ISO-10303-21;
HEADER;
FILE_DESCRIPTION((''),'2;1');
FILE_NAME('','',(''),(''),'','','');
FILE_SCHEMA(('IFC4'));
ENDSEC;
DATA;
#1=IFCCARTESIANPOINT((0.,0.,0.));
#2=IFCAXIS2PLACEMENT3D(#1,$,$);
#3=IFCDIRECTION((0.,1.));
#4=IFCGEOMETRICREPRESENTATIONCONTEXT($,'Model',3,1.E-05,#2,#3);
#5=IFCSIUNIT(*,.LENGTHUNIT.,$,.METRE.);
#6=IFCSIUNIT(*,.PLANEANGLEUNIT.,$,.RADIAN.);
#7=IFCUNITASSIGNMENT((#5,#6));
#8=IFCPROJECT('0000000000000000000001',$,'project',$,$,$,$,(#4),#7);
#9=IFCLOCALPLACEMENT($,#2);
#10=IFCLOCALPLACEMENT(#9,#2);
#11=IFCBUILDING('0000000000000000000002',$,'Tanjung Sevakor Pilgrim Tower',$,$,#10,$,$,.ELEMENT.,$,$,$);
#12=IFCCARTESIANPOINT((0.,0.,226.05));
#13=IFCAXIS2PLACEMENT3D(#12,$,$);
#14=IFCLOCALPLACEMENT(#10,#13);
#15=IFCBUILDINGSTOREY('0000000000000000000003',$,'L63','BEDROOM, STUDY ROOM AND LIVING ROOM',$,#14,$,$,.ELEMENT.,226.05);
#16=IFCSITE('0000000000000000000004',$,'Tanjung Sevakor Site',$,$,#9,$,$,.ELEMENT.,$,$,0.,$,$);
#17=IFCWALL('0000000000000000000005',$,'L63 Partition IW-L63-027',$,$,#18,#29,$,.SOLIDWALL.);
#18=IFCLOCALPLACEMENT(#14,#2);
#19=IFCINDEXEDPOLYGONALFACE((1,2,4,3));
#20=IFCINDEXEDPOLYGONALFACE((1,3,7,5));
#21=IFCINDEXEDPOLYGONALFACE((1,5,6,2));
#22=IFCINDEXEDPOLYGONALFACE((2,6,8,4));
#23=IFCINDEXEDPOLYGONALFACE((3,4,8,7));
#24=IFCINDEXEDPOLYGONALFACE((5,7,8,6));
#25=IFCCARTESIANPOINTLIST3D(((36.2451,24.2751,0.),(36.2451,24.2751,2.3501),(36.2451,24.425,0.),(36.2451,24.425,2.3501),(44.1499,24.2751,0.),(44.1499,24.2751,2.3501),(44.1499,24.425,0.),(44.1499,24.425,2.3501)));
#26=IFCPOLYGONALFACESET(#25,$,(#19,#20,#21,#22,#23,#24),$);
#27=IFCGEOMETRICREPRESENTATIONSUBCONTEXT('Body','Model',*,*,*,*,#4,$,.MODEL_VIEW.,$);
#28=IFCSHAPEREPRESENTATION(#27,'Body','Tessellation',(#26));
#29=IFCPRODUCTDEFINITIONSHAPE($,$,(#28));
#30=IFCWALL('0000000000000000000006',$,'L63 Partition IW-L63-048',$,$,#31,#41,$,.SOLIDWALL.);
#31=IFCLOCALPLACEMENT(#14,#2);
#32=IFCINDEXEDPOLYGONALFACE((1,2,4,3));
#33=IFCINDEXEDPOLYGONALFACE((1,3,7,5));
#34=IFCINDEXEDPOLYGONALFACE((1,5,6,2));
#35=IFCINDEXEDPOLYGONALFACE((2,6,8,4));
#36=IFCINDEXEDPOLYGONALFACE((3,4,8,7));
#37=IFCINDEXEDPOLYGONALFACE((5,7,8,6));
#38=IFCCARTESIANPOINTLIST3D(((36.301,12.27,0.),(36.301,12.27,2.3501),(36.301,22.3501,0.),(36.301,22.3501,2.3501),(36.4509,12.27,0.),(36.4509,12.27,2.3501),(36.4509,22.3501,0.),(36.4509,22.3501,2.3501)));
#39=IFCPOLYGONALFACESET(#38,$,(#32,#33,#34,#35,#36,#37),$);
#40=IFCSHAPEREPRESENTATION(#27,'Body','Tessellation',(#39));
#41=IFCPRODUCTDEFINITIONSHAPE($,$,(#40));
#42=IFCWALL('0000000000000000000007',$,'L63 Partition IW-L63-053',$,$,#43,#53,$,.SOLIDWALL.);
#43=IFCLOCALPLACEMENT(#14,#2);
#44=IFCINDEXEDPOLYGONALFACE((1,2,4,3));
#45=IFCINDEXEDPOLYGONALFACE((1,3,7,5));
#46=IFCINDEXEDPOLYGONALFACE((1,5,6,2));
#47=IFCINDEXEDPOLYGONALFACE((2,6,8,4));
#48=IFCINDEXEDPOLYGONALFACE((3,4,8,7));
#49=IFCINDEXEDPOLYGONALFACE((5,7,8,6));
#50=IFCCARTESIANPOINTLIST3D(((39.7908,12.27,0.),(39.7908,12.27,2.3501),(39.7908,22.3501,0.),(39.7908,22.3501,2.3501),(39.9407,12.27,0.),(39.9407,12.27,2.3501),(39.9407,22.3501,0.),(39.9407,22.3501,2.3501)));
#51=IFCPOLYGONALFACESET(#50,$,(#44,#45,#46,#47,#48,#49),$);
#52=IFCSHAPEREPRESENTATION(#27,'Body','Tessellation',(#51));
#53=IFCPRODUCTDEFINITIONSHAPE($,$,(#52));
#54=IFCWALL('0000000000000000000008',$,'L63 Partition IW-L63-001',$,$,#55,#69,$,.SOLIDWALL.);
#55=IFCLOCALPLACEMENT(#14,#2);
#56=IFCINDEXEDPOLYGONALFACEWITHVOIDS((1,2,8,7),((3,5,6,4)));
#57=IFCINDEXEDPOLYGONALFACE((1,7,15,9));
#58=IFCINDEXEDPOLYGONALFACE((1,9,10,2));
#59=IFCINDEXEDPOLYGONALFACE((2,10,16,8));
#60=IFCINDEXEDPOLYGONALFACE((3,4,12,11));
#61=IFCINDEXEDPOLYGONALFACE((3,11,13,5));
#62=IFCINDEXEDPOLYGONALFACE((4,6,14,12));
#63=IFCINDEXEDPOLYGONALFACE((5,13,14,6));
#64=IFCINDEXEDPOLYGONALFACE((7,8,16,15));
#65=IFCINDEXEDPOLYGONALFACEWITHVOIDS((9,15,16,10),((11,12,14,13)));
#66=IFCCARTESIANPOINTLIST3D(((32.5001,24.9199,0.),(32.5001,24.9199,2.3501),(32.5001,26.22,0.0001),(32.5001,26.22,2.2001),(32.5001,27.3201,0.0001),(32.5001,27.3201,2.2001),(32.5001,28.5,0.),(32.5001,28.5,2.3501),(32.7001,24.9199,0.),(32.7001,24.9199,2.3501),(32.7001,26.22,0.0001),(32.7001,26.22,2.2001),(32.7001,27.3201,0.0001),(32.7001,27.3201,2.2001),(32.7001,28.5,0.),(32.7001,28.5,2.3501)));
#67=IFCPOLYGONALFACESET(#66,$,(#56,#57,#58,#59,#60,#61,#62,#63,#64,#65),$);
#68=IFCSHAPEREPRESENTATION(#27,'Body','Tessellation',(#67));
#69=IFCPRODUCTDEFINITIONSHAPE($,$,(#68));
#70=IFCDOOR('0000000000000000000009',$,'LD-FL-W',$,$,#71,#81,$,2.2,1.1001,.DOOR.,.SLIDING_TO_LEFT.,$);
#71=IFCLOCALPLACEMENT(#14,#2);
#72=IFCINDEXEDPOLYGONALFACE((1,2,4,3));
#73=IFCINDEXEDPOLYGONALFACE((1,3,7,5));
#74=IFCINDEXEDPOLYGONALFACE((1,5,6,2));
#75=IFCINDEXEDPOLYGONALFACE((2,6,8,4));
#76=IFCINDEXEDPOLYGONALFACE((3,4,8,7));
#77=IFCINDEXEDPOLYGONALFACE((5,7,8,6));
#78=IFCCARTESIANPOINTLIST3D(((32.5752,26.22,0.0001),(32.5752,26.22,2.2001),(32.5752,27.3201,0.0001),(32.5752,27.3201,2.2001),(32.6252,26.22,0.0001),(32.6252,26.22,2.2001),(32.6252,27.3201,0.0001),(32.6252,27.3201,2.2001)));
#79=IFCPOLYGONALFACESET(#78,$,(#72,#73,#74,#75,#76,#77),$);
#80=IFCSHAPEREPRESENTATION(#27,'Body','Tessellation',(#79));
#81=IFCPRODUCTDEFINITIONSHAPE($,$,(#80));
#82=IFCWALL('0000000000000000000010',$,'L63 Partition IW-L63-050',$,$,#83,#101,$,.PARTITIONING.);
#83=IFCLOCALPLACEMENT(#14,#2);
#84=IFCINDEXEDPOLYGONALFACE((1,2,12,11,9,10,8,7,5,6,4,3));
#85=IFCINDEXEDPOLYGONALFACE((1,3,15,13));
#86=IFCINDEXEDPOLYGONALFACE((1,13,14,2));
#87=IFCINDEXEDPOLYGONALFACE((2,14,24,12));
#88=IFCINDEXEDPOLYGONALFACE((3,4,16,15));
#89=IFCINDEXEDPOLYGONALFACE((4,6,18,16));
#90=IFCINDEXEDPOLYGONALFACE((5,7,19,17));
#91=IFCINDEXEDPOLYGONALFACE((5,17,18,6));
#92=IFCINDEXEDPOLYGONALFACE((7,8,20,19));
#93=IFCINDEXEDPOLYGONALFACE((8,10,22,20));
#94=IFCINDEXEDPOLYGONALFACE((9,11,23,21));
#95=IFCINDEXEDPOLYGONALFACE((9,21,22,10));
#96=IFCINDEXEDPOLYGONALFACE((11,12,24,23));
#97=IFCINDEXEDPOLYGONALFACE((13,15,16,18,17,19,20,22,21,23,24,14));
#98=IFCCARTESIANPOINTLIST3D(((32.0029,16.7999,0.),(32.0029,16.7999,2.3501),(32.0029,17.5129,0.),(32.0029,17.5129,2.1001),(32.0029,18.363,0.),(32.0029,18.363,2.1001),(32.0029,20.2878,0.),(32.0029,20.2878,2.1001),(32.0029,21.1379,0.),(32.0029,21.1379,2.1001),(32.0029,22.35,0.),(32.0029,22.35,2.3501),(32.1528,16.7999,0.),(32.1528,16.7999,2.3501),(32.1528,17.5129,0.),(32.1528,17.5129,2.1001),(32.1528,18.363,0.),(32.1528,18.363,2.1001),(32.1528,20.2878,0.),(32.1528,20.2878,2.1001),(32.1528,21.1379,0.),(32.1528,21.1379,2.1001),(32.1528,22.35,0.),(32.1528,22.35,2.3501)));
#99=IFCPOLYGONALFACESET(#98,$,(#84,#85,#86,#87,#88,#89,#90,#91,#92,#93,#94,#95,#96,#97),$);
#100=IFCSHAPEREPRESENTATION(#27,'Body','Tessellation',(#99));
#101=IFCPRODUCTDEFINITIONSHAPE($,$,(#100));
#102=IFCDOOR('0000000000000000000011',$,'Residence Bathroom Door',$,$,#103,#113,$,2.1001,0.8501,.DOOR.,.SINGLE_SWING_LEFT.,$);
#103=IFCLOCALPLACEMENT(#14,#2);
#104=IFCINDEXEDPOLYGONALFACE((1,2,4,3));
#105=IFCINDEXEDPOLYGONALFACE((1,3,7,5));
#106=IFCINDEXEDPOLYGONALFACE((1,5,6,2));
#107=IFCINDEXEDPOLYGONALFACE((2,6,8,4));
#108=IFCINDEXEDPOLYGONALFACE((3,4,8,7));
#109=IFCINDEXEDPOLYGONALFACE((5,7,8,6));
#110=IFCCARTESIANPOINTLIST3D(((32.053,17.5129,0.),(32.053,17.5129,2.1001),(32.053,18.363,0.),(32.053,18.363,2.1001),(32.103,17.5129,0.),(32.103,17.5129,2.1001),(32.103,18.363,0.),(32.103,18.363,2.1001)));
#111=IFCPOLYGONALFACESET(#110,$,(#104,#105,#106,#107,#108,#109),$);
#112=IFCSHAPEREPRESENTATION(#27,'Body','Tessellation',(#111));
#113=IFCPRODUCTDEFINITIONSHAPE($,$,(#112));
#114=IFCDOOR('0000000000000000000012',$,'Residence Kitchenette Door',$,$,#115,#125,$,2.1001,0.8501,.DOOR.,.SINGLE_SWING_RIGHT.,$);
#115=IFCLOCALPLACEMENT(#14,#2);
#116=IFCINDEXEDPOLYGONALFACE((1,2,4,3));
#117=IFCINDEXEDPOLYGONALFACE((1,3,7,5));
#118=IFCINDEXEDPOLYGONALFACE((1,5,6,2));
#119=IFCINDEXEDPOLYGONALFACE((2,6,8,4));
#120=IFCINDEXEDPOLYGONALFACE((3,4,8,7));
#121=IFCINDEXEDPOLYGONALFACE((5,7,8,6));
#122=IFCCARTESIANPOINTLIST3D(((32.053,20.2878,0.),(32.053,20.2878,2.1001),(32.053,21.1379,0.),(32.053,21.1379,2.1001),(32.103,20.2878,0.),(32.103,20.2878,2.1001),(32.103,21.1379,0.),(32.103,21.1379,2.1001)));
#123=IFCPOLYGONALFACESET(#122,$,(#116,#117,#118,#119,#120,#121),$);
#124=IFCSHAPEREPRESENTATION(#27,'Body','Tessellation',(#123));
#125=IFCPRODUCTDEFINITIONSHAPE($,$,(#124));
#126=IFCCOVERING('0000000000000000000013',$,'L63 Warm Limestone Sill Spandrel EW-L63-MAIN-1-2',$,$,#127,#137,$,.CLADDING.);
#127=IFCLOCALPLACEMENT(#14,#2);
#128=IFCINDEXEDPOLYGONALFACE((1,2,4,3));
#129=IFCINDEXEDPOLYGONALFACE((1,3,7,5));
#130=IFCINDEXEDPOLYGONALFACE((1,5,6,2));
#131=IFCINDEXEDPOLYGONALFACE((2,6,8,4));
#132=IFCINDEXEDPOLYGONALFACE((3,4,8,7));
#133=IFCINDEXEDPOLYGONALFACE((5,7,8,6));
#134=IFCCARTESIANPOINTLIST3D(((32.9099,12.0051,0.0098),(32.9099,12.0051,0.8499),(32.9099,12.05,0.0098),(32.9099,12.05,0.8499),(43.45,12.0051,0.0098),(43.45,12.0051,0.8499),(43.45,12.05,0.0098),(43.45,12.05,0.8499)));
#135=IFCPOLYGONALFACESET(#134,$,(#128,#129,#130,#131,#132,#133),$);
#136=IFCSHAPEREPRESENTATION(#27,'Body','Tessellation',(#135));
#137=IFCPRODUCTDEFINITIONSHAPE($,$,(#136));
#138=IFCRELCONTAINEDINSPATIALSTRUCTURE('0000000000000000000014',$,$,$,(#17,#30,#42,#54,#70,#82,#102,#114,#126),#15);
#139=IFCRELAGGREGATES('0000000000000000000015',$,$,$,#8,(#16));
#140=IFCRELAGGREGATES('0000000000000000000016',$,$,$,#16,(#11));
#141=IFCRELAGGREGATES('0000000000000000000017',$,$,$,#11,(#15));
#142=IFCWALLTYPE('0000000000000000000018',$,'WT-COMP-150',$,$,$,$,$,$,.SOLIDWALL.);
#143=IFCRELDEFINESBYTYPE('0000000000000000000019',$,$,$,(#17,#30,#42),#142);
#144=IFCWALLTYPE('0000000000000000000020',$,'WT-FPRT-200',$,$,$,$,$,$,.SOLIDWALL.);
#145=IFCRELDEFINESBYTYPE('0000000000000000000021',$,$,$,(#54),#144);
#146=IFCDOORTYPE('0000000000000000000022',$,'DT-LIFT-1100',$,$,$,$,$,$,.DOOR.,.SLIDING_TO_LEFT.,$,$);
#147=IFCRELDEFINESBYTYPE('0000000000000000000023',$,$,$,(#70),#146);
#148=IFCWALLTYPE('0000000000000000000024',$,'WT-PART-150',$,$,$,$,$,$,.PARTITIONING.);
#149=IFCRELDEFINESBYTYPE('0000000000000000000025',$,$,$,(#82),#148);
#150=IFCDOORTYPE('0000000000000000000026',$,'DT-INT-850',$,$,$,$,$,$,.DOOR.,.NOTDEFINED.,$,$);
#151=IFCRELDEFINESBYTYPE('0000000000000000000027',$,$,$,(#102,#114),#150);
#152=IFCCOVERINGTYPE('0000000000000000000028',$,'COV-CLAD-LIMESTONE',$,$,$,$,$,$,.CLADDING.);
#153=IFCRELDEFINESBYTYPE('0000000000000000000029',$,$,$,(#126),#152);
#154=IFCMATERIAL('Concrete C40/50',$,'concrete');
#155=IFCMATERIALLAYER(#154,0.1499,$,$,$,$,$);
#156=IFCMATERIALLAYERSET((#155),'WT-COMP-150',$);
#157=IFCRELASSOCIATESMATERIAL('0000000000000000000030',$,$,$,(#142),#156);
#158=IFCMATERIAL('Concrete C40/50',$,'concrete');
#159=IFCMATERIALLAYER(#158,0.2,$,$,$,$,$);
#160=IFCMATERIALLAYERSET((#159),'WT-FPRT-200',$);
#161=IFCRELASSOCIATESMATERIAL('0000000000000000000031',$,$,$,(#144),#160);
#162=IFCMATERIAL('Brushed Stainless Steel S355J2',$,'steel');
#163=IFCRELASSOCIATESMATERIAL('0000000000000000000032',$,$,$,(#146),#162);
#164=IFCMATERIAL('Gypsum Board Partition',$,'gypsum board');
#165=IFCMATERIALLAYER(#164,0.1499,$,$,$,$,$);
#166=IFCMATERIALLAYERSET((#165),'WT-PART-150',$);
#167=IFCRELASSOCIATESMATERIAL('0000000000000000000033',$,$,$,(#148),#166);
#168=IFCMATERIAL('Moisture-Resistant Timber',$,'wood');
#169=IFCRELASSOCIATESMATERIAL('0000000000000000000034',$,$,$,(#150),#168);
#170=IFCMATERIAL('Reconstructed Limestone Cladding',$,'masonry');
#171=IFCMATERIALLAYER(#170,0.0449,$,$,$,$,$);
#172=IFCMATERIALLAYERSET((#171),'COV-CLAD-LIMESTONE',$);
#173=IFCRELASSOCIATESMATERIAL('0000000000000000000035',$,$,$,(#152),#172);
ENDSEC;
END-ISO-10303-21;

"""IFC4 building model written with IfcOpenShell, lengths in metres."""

from ifc_helpers import new_model, si_unit, direction, frame, frame_2d, origin, origin_2d, place, context, subcontext, project, spatial, rectangle, extrude, material, layer, layer_set, type_object, element, fill, save


model = new_model("IFC4")

# Units and contexts
model_context = context("Model", 3, precision=1e-05, world=origin(), true_north=direction((0.0, 1.0)))
body_context = subcontext(model_context, "Body", "Model", "MODEL_VIEW")
ifc_project = project(units=[si_unit("LENGTHUNIT", "METRE"), si_unit("PLANEANGLEUNIT", "RADIAN")], contexts=[model_context])

# Site, building, storey
site_placement = place(None, origin())
site = spatial("IfcSite", under=ifc_project, at=site_placement, Name="Tanjung Sevakor Site", CompositionType="ELEMENT", RefElevation=0.0)
building_placement = place(site_placement, origin())
building = spatial("IfcBuilding", under=site, at=building_placement, Name="Tanjung Sevakor Pilgrim Tower", CompositionType="ELEMENT")
storey_placement = place(building_placement, frame((0.0, 0.0, 226.05)))
storey = spatial("IfcBuildingStorey", under=building, at=storey_placement, Name="L63", Description="BEDROOM, STUDY ROOM AND LIVING ROOM", CompositionType="ELEMENT", Elevation=226.05)

# Shared definitions
ifc_material_1 = material(Name="Concrete C40/50", Category="concrete")
ifc_layer_1 = layer(ifc_material_1, 0.1499)
ifc_layer_set_1 = layer_set([ifc_layer_1], Name="WT-COMP-150")
wall_type_1 = type_object("IfcWallType", Name="WT-COMP-150", PredefinedType="SOLIDWALL", material=ifc_layer_set_1)

# Walls
wall_1_placement = place(storey_placement, frame((36.2451, 24.3501, 0.0), z_axis=(0.0, 0.0, 1.0), x_axis=(1.0, 0.0, 0.0)))
element("IfcWall", 1, at=wall_1_placement, inside=storey, type_object=wall_type_1, Name="L63 Partition IW-L63-027", PredefinedType="SOLIDWALL", context=body_context, shape_type="SweptSolid", body=[
    extrude(rectangle(XDim=7.9048, YDim=0.1499, at=frame_2d((3.9524, 0.0))), origin(), (0.0, 0.0, 1.0), 2.3501),
])
for number, where, z_axis, x_axis, name in (
    (2, (36.376, 12.27, 0.0), (0.0, 0.0, 1.0), (0.0, 1.0, 0.0), "L63 Partition IW-L63-048"),
    (3, (39.8657, 12.27, 0.0), (0.0, 0.0, 1.0), (0.0, 1.0, 0.0), "L63 Partition IW-L63-053"),
):
    element("IfcWall", number, at=place(storey_placement, frame(where, z_axis=z_axis, x_axis=x_axis)), inside=storey, type_object=wall_type_1, Name=name, PredefinedType="SOLIDWALL", context=body_context, shape_type="SweptSolid", body=[
        extrude(rectangle(XDim=10.0801, YDim=0.1499, at=frame_2d((5.04, 0.0))), origin(), (0.0, 0.0, 1.0), 2.3501),
    ])

# Wall, opening, door
ifc_material_2 = material(Name="Concrete C40/50", Category="concrete")
ifc_layer_2 = layer(ifc_material_2, 0.2)
ifc_layer_set_2 = layer_set([ifc_layer_2], Name="WT-FPRT-200")
wall_type_2 = type_object("IfcWallType", Name="WT-FPRT-200", PredefinedType="SOLIDWALL", material=ifc_layer_set_2)
wall_2_placement = place(storey_placement, frame((32.6001, 24.9199, 0.0), z_axis=(0.0, 0.0, 1.0), x_axis=(0.0, 1.0, 0.0)))
wall_2 = element("IfcWall", 4, at=wall_2_placement, inside=storey, type_object=wall_type_2, Name="L63 Partition IW-L63-001", PredefinedType="SOLIDWALL", context=body_context, shape_type="SweptSolid", body=[
    extrude(rectangle(XDim=3.5801, YDim=0.2, at=frame_2d((1.79, 0.0))), origin(), (0.0, 0.0, 1.0), 2.3501),
])
opening_1_placement = place(wall_2_placement, frame((1.3, 0.0, 0.0)))
opening_1 = element("IfcOpeningElement", 5, at=opening_1_placement, cuts=wall_2, PredefinedType="OPENING", context=body_context, shape_type="SweptSolid", body=[
    extrude(rectangle(XDim=1.1001, YDim=2.2, at=frame_2d((0.55, 1.1001))), frame((0.0, 0.1099, 0.0), z_axis=(0.0, -1.0, 0.0), x_axis=(1.0, 0.0, 0.0)), (0.0, 0.0, 1.0), 0.22),
])
ifc_material_3 = material(Name="Brushed Stainless Steel S355J2", Category="steel")
door_type_1 = type_object("IfcDoorType", Name="DT-LIFT-1100", OperationType="SLIDING_TO_LEFT", PredefinedType="DOOR", material=ifc_material_3)
door_1_placement = place(opening_1_placement, origin())
door_1 = element("IfcDoor", 6, at=door_1_placement, inside=storey, type_object=door_type_1, Name="LD-FL-W", OperationType="SLIDING_TO_LEFT", OverallHeight=2.2, OverallWidth=1.1001, PredefinedType="DOOR", context=body_context, shape_type="SweptSolid", body=[
    extrude(rectangle(XDim=1.1001, YDim=2.2, at=frame_2d((0.55, 1.1001))), frame((0.0, 0.0249, 0.0), z_axis=(0.0, -1.0, 0.0), x_axis=(1.0, 0.0, 0.0)), (0.0, 0.0, 1.0), 0.05),
])
fill(opening_1, door_1)

# Wall, openings, doors
ifc_material_4 = material(Name="Gypsum Board Partition", Category="gypsum board")
ifc_layer_3 = layer(ifc_material_4, 0.1499)
ifc_layer_set_3 = layer_set([ifc_layer_3], Name="WT-PART-150")
wall_type_3 = type_object("IfcWallType", Name="WT-PART-150", PredefinedType="PARTITIONING", material=ifc_layer_set_3)
wall_3_placement = place(storey_placement, frame((32.0779, 16.8, 0.0), z_axis=(0.0, 0.0, 1.0), x_axis=(0.0, 1.0, 0.0)))
wall_3 = element("IfcWall", 7, at=wall_3_placement, inside=storey, type_object=wall_type_3, Name="L63 Partition IW-L63-050", PredefinedType="PARTITIONING", context=body_context, shape_type="SweptSolid", body=[
    extrude(rectangle(XDim=5.55, YDim=0.1499, at=frame_2d((2.7749, 0.0))), origin(), (0.0, 0.0, 1.0), 2.3501),
])
opening_2_placement = place(wall_3_placement, frame((0.7129, 0.0, 0.0)))
opening_2 = element("IfcOpeningElement", 8, at=opening_2_placement, cuts=wall_3, PredefinedType="OPENING", context=body_context, shape_type="SweptSolid", body=[
    extrude(rectangle(XDim=0.8501, YDim=2.1001, at=frame_2d((0.425, 1.05))), frame((0.0, 0.085, 0.0), z_axis=(0.0, -1.0, 0.0), x_axis=(1.0, 0.0, 0.0)), (0.0, 0.0, 1.0), 0.1699),
])
opening_3_placement = place(wall_3_placement, frame((3.4878, 0.0, 0.0)))
opening_3 = element("IfcOpeningElement", 9, at=opening_3_placement, cuts=wall_3, PredefinedType="OPENING", context=body_context, shape_type="SweptSolid", body=[
    extrude(rectangle(XDim=0.8501, YDim=2.1001, at=frame_2d((0.425, 1.05))), frame((0.0, 0.085, 0.0), z_axis=(0.0, -1.0, 0.0), x_axis=(1.0, 0.0, 0.0)), (0.0, 0.0, 1.0), 0.1699),
])
ifc_material_5 = material(Name="Moisture-Resistant Timber", Category="wood")
door_type_2 = type_object("IfcDoorType", Name="DT-INT-850", OperationType="NOTDEFINED", PredefinedType="DOOR", material=ifc_material_5)
door_2_placement = place(opening_2_placement, origin())
door_2 = element("IfcDoor", 10, at=door_2_placement, inside=storey, type_object=door_type_2, Name="Residence Bathroom Door", OperationType="SINGLE_SWING_LEFT", OverallHeight=2.1001, OverallWidth=0.8501, PredefinedType="DOOR", context=body_context, shape_type="SweptSolid", body=[
    extrude(rectangle(XDim=0.8501, YDim=2.1001, at=frame_2d((0.425, 1.05))), frame((0.0, 0.0249, 0.0), z_axis=(0.0, -1.0, 0.0), x_axis=(1.0, 0.0, 0.0)), (0.0, 0.0, 1.0), 0.05),
])
fill(opening_2, door_2)
door_3_placement = place(opening_3_placement, origin())
door_3 = element("IfcDoor", 11, at=door_3_placement, inside=storey, type_object=door_type_2, Name="Residence Kitchenette Door", OperationType="SINGLE_SWING_RIGHT", OverallHeight=2.1001, OverallWidth=0.8501, PredefinedType="DOOR", context=body_context, shape_type="SweptSolid", body=[
    extrude(rectangle(XDim=0.8501, YDim=2.1001, at=frame_2d((0.425, 1.05))), frame((0.0, 0.0249, 0.0), z_axis=(0.0, -1.0, 0.0), x_axis=(1.0, 0.0, 0.0)), (0.0, 0.0, 1.0), 0.05),
])
fill(opening_3, door_3)

# Covering
ifc_material_6 = material(Name="Reconstructed Limestone Cladding", Category="masonry")
ifc_layer_4 = layer(ifc_material_6, 0.0449)
ifc_layer_set_4 = layer_set([ifc_layer_4], Name="COV-CLAD-LIMESTONE")
covering_type = type_object("IfcCoveringType", Name="COV-CLAD-LIMESTONE", PredefinedType="CLADDING", material=ifc_layer_set_4)
covering_placement = place(storey_placement, frame((38.1799, 12.0276, 0.0098), z_axis=(0.0, 0.0, 1.0), x_axis=(1.0, 0.0, 0.0)))
element("IfcCovering", 12, at=covering_placement, inside=storey, type_object=covering_type, Name="L63 Warm Limestone Sill Spandrel EW-L63-MAIN-1-2", PredefinedType="CLADDING", context=body_context, shape_type="SweptSolid", body=[
    extrude(rectangle(XDim=10.54, YDim=0.0449, at=origin_2d()), origin(), (0.0, 0.0, 1.0), 0.8401),
])

save(model, "model.ifc")
